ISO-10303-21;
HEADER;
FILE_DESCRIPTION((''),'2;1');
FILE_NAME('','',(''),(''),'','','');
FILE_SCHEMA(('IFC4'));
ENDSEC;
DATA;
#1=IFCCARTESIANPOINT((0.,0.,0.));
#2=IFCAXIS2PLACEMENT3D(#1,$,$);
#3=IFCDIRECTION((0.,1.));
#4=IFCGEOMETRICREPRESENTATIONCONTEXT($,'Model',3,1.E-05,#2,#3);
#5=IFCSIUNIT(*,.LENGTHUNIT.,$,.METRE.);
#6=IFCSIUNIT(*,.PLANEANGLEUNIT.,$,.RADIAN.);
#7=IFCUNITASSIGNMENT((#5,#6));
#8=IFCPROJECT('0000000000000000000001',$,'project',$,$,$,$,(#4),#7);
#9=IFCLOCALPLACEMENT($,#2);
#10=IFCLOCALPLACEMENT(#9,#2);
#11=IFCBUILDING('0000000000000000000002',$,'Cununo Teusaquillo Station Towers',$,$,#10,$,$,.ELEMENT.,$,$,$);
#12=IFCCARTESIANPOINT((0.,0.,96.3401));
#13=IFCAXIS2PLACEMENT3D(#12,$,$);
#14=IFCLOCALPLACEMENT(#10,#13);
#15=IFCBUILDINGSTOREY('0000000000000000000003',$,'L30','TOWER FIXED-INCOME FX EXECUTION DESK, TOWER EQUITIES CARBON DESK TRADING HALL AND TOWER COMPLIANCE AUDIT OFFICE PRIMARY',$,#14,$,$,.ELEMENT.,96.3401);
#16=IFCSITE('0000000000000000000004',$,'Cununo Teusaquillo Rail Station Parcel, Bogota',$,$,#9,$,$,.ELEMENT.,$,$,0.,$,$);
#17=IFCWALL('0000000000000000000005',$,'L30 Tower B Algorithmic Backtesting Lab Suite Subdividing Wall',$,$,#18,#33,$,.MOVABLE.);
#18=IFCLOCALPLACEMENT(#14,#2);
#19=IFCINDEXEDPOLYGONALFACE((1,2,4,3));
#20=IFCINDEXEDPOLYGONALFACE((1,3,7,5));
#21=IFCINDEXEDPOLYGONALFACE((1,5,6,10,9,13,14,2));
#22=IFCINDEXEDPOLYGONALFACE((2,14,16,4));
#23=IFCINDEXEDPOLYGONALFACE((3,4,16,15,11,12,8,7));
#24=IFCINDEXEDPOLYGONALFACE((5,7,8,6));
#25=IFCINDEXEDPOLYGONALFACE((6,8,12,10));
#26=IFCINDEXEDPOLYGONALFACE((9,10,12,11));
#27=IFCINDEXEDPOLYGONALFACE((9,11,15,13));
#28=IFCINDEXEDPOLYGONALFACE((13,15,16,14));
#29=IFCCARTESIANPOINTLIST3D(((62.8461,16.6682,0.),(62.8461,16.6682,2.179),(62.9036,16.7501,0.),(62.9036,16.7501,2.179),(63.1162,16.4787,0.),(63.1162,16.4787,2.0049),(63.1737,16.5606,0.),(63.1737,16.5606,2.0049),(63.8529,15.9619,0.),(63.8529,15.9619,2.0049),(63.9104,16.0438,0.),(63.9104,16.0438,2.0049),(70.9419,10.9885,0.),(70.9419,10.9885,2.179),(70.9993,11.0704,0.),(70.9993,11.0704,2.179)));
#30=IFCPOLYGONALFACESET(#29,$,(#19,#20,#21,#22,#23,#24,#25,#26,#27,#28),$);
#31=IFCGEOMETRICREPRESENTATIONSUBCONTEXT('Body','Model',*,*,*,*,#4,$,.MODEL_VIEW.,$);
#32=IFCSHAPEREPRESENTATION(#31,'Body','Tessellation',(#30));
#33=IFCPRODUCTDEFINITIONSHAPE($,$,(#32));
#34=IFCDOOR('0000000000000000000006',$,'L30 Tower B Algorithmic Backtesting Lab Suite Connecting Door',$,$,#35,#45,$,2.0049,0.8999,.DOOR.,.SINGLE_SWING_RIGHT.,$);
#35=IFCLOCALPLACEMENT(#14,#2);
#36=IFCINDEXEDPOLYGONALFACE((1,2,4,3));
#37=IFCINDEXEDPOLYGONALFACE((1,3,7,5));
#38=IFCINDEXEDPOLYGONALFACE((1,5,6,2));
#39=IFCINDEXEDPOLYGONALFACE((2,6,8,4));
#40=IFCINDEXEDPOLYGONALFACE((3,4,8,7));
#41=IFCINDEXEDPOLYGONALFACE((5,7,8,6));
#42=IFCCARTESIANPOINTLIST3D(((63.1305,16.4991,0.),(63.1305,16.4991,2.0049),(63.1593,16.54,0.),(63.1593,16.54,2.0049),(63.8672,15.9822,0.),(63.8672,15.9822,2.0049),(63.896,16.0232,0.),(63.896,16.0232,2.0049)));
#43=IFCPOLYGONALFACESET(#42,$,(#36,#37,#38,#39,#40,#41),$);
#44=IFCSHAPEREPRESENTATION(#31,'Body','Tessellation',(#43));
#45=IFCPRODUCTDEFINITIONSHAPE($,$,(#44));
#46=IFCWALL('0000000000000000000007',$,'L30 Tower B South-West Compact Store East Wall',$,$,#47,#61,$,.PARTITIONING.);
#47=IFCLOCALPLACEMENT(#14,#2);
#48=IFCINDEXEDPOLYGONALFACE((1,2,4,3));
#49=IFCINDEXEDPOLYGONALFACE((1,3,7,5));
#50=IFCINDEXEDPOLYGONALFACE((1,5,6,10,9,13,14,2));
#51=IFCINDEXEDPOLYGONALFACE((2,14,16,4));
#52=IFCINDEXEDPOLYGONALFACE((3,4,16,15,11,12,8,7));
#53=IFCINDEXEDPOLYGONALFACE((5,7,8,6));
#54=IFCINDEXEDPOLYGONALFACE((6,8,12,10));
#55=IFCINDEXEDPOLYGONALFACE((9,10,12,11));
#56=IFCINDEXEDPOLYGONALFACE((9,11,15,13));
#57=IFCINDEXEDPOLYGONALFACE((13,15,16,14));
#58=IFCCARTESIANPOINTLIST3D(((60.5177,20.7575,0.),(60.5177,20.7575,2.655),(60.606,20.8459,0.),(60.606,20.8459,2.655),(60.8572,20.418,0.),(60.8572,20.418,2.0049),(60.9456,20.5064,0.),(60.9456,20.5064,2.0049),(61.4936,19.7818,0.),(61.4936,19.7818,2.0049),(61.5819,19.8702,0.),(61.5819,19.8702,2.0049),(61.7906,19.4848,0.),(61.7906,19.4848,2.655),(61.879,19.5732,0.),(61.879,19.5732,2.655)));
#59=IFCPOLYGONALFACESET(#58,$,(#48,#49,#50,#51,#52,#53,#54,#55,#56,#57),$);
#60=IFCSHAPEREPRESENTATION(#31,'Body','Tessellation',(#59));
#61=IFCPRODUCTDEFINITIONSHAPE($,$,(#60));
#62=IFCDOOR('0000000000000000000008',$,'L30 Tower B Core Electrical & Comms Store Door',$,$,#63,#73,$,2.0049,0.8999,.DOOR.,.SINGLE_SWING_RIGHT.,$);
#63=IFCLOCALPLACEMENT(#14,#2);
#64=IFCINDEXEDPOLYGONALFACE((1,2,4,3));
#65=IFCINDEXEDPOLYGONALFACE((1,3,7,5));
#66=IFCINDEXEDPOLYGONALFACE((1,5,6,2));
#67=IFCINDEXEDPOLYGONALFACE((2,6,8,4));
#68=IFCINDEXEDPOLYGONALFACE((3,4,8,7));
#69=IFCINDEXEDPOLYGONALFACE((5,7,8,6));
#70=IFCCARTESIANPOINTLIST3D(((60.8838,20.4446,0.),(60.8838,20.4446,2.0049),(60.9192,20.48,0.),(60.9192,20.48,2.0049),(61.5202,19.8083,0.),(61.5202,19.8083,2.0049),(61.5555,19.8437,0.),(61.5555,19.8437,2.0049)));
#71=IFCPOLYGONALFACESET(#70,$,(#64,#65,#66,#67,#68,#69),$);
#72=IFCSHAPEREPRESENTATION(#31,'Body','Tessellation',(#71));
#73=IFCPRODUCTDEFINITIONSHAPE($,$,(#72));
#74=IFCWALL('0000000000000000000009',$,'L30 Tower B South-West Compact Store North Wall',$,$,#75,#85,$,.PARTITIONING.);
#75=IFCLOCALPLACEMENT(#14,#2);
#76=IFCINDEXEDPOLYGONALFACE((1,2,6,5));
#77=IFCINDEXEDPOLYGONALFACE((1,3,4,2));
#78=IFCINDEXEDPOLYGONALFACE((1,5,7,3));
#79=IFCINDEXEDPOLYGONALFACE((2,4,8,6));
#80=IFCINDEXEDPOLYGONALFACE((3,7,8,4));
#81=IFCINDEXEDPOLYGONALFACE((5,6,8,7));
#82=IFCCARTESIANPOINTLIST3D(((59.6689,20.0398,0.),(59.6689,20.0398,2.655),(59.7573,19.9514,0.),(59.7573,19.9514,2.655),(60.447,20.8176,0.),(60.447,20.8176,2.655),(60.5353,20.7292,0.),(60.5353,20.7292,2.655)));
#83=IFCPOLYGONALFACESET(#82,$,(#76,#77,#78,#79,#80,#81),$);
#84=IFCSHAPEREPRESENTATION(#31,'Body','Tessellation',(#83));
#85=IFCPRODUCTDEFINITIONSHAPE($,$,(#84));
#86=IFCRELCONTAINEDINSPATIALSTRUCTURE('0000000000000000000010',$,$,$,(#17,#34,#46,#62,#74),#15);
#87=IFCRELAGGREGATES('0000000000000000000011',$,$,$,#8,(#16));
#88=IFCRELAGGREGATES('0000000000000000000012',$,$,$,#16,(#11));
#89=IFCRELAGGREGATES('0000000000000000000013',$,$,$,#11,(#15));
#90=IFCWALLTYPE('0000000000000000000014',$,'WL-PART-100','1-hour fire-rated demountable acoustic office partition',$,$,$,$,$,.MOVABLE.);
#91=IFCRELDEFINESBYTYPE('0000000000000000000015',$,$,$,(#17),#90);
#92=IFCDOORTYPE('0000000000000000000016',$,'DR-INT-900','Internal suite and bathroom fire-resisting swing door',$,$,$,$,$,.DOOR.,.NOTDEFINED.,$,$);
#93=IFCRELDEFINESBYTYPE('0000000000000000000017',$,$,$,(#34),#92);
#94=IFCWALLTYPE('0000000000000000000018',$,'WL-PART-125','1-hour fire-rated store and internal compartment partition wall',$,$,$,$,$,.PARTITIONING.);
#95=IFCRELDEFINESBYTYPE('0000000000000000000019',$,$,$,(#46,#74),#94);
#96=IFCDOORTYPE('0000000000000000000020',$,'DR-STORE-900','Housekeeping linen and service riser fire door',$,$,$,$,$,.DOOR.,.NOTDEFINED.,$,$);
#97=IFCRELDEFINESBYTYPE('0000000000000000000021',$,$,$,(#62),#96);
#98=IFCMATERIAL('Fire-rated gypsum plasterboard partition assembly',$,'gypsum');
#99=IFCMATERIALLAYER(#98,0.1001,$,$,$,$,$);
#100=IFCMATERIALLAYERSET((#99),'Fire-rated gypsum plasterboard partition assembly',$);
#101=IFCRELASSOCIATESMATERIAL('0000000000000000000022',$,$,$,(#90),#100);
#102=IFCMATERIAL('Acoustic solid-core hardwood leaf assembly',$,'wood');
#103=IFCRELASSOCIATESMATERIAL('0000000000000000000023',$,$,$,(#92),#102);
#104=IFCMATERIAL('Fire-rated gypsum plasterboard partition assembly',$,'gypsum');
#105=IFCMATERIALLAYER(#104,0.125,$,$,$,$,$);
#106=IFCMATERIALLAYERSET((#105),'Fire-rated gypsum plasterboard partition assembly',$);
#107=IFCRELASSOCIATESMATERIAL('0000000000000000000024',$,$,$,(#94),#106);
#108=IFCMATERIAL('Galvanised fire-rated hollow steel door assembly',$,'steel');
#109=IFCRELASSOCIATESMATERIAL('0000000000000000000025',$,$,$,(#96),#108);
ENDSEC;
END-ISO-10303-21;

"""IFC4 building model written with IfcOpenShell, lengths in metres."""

from ifc_helpers import new_model, si_unit, direction, frame, frame_2d, origin, place, context, subcontext, project, spatial, rectangle, extrude, source, transform, mapped, material, layer, layer_set, type_object, element, fill, save


model = new_model("IFC4")

# Units and contexts
model_context = context("Model", 3, precision=1e-05, world=origin(), true_north=direction((0.0, 1.0)))
body_context = subcontext(model_context, "Body", "Model", "MODEL_VIEW")
ifc_project = project(units=[si_unit("LENGTHUNIT", "METRE"), si_unit("PLANEANGLEUNIT", "RADIAN")], contexts=[model_context])

# Site, building, storey
site_placement = place(None, origin())
site = spatial("IfcSite", under=ifc_project, at=site_placement, Name="Cununo Teusaquillo Rail Station Parcel, Bogota", CompositionType="ELEMENT", RefElevation=0.0)
building_placement = place(site_placement, origin())
building = spatial("IfcBuilding", under=site, at=building_placement, Name="Cununo Teusaquillo Station Towers", CompositionType="ELEMENT")
storey_placement = place(building_placement, frame((0.0, 0.0, 96.3401)))
storey = spatial("IfcBuildingStorey", under=building, at=storey_placement, Name="L30", Description="TOWER FIXED-INCOME FX EXECUTION DESK, TOWER EQUITIES CARBON DESK TRADING HALL AND TOWER COMPLIANCE AUDIT OFFICE PRIMARY", CompositionType="ELEMENT", Elevation=96.3401)

# Shared definitions
ifc_material_1 = material(Name="Fire-rated gypsum plasterboard partition assembly", Category="gypsum")
ifc_layer_1 = layer(ifc_material_1, 0.1001)
ifc_layer_set_1 = layer_set([ifc_layer_1], Name="Fire-rated gypsum plasterboard partition assembly")
wall_type_1 = type_object("IfcWallType", Name="WL-PART-100", Description="1-hour fire-rated demountable acoustic office partition", PredefinedType="MOVABLE", material=ifc_layer_set_1)

# Walls, openings, doors
wall_1_placement = place(storey_placement, frame((62.8748, 16.7092, 0.0), z_axis=(0.0, 0.0, 1.0), x_axis=(0.818628, -0.574324, 0.0)))
wall_1 = element("IfcWall", 1, at=wall_1_placement, inside=storey, type_object=wall_type_1, Name="L30 Tower B Algorithmic Backtesting Lab Suite Subdividing Wall", PredefinedType="MOVABLE", context=body_context, shape_type="SweptSolid", body=[
    extrude(rectangle(XDim=9.8894, YDim=0.1001, at=frame_2d((4.9448, 0.0))), origin(), (0.0, 0.0, 1.0), 2.179),
])
shared_shape_1 = source(origin(), body_context, "Body", "SweptSolid", [
    extrude(rectangle(XDim=0.8999, YDim=2.0049, at=frame_2d((0.45, 1.0024))), frame((0.0, 0.0601, 0.0), z_axis=(0.0, -1.0, 0.0), x_axis=(1.0, 0.0, 0.0)), (0.0, 0.0, 1.0), 0.1201),
])
opening_1_placement = place(wall_1_placement, frame((0.3301, 0.0, 0.0)))
opening_1 = element("IfcOpeningElement", 2, at=opening_1_placement, cuts=wall_1, PredefinedType="OPENING", context=body_context, shape_type="MappedRepresentation", body=[
    mapped(shared_shape_1, transform((0.0, 0.0, 0.0), x_axis=(1.0, 0.0, 0.0), y_axis=(0.0, 1.0, 0.0), z_axis=(0.0, 0.0, 1.0), scale=1.0)),
])
ifc_material_2 = material(Name="Acoustic solid-core hardwood leaf assembly", Category="wood")
door_type_1 = type_object("IfcDoorType", Name="DR-INT-900", Description="Internal suite and bathroom fire-resisting swing door", OperationType="NOTDEFINED", PredefinedType="DOOR", material=ifc_material_2)
shared_shape_2 = source(origin(), body_context, "Body", "SweptSolid", [
    extrude(rectangle(XDim=0.8999, YDim=2.0049, at=frame_2d((0.45, 1.0024))), frame((0.0, 0.0249, 0.0), z_axis=(0.0, -1.0, 0.0), x_axis=(1.0, 0.0, 0.0)), (0.0, 0.0, 1.0), 0.05),
])
door_1_placement = place(opening_1_placement, origin())
door_1 = element("IfcDoor", 3, at=door_1_placement, inside=storey, type_object=door_type_1, Name="L30 Tower B Algorithmic Backtesting Lab Suite Connecting Door", OperationType="SINGLE_SWING_RIGHT", OverallHeight=2.0049, OverallWidth=0.8999, PredefinedType="DOOR", context=body_context, shape_type="MappedRepresentation", body=[
    mapped(shared_shape_2, transform((0.0, 0.0, 0.0), x_axis=(1.0, 0.0, 0.0), y_axis=(0.0, 1.0, 0.0), z_axis=(0.0, 0.0, 1.0), scale=1.0)),
])
fill(opening_1, door_1)
ifc_material_3 = material(Name="Fire-rated gypsum plasterboard partition assembly", Category="gypsum")
ifc_layer_2 = layer(ifc_material_3, 0.125)
ifc_layer_set_2 = layer_set([ifc_layer_2], Name="Fire-rated gypsum plasterboard partition assembly")
wall_type_2 = type_object("IfcWallType", Name="WL-PART-125", Description="1-hour fire-rated store and internal compartment partition wall", PredefinedType="PARTITIONING", material=ifc_layer_set_2)
wall_2_placement = place(storey_placement, frame((61.8347, 19.5291, 0.0), z_axis=(0.0, 0.0, 1.0), x_axis=(-0.707175, 0.707039, 0.0)))
wall_2 = element("IfcWall", 4, at=wall_2_placement, inside=storey, type_object=wall_type_2, Name="L30 Tower B South-West Compact Store East Wall", PredefinedType="PARTITIONING", context=body_context, shape_type="SweptSolid", body=[
    extrude(rectangle(XDim=1.8, YDim=0.125, at=frame_2d((0.8999, 0.0))), origin(), (0.0, 0.0, 1.0), 2.655),
])
shared_shape_3 = source(origin(), body_context, "Body", "SweptSolid", [
    extrude(rectangle(XDim=0.8999, YDim=2.0049, at=frame_2d((0.45, 1.0024))), frame((0.0, 0.0725, 0.0), z_axis=(0.0, -1.0, 0.0), x_axis=(1.0, 0.0, 0.0)), (0.0, 0.0, 1.0), 0.145),
])
opening_2_placement = place(wall_2_placement, frame((0.4199, 0.0, 0.0)))
opening_2 = element("IfcOpeningElement", 5, at=opening_2_placement, cuts=wall_2, PredefinedType="OPENING", context=body_context, shape_type="MappedRepresentation", body=[
    mapped(shared_shape_3, transform((0.0, 0.0, 0.0), x_axis=(1.0, 0.0, 0.0), y_axis=(0.0, 1.0, 0.0), z_axis=(0.0, 0.0, 1.0), scale=1.0)),
])
ifc_material_4 = material(Name="Galvanised fire-rated hollow steel door assembly", Category="steel")
door_type_2 = type_object("IfcDoorType", Name="DR-STORE-900", Description="Housekeeping linen and service riser fire door", OperationType="NOTDEFINED", PredefinedType="DOOR", material=ifc_material_4)
door_2_placement = place(opening_2_placement, origin())
door_2 = element("IfcDoor", 6, at=door_2_placement, inside=storey, type_object=door_type_2, Name="L30 Tower B Core Electrical & Comms Store Door", OperationType="SINGLE_SWING_RIGHT", OverallHeight=2.0049, OverallWidth=0.8999, PredefinedType="DOOR", context=body_context, shape_type="MappedRepresentation", body=[
    mapped(shared_shape_2, transform((0.0, 0.0, 0.0), x_axis=(1.0, 0.0, 0.0), y_axis=(0.0, 1.0, 0.0), z_axis=(0.0, 0.0, 1.0), scale=1.0)),
])
fill(opening_2, door_2)

# Wall
wall_3_placement = place(storey_placement, frame((59.7131, 19.9956, 0.0), z_axis=(0.0, 0.0, 1.0), x_axis=(0.707218, 0.706996, 0.0)))
element("IfcWall", 7, at=wall_3_placement, inside=storey, type_object=wall_type_2, Name="L30 Tower B South-West Compact Store North Wall", PredefinedType="PARTITIONING", context=body_context, shape_type="SweptSolid", body=[
    extrude(rectangle(XDim=1.1001, YDim=0.125, at=frame_2d((0.55, 0.0))), origin(), (0.0, 0.0, 1.0), 2.655),
])

save(model, "model.ifc")
